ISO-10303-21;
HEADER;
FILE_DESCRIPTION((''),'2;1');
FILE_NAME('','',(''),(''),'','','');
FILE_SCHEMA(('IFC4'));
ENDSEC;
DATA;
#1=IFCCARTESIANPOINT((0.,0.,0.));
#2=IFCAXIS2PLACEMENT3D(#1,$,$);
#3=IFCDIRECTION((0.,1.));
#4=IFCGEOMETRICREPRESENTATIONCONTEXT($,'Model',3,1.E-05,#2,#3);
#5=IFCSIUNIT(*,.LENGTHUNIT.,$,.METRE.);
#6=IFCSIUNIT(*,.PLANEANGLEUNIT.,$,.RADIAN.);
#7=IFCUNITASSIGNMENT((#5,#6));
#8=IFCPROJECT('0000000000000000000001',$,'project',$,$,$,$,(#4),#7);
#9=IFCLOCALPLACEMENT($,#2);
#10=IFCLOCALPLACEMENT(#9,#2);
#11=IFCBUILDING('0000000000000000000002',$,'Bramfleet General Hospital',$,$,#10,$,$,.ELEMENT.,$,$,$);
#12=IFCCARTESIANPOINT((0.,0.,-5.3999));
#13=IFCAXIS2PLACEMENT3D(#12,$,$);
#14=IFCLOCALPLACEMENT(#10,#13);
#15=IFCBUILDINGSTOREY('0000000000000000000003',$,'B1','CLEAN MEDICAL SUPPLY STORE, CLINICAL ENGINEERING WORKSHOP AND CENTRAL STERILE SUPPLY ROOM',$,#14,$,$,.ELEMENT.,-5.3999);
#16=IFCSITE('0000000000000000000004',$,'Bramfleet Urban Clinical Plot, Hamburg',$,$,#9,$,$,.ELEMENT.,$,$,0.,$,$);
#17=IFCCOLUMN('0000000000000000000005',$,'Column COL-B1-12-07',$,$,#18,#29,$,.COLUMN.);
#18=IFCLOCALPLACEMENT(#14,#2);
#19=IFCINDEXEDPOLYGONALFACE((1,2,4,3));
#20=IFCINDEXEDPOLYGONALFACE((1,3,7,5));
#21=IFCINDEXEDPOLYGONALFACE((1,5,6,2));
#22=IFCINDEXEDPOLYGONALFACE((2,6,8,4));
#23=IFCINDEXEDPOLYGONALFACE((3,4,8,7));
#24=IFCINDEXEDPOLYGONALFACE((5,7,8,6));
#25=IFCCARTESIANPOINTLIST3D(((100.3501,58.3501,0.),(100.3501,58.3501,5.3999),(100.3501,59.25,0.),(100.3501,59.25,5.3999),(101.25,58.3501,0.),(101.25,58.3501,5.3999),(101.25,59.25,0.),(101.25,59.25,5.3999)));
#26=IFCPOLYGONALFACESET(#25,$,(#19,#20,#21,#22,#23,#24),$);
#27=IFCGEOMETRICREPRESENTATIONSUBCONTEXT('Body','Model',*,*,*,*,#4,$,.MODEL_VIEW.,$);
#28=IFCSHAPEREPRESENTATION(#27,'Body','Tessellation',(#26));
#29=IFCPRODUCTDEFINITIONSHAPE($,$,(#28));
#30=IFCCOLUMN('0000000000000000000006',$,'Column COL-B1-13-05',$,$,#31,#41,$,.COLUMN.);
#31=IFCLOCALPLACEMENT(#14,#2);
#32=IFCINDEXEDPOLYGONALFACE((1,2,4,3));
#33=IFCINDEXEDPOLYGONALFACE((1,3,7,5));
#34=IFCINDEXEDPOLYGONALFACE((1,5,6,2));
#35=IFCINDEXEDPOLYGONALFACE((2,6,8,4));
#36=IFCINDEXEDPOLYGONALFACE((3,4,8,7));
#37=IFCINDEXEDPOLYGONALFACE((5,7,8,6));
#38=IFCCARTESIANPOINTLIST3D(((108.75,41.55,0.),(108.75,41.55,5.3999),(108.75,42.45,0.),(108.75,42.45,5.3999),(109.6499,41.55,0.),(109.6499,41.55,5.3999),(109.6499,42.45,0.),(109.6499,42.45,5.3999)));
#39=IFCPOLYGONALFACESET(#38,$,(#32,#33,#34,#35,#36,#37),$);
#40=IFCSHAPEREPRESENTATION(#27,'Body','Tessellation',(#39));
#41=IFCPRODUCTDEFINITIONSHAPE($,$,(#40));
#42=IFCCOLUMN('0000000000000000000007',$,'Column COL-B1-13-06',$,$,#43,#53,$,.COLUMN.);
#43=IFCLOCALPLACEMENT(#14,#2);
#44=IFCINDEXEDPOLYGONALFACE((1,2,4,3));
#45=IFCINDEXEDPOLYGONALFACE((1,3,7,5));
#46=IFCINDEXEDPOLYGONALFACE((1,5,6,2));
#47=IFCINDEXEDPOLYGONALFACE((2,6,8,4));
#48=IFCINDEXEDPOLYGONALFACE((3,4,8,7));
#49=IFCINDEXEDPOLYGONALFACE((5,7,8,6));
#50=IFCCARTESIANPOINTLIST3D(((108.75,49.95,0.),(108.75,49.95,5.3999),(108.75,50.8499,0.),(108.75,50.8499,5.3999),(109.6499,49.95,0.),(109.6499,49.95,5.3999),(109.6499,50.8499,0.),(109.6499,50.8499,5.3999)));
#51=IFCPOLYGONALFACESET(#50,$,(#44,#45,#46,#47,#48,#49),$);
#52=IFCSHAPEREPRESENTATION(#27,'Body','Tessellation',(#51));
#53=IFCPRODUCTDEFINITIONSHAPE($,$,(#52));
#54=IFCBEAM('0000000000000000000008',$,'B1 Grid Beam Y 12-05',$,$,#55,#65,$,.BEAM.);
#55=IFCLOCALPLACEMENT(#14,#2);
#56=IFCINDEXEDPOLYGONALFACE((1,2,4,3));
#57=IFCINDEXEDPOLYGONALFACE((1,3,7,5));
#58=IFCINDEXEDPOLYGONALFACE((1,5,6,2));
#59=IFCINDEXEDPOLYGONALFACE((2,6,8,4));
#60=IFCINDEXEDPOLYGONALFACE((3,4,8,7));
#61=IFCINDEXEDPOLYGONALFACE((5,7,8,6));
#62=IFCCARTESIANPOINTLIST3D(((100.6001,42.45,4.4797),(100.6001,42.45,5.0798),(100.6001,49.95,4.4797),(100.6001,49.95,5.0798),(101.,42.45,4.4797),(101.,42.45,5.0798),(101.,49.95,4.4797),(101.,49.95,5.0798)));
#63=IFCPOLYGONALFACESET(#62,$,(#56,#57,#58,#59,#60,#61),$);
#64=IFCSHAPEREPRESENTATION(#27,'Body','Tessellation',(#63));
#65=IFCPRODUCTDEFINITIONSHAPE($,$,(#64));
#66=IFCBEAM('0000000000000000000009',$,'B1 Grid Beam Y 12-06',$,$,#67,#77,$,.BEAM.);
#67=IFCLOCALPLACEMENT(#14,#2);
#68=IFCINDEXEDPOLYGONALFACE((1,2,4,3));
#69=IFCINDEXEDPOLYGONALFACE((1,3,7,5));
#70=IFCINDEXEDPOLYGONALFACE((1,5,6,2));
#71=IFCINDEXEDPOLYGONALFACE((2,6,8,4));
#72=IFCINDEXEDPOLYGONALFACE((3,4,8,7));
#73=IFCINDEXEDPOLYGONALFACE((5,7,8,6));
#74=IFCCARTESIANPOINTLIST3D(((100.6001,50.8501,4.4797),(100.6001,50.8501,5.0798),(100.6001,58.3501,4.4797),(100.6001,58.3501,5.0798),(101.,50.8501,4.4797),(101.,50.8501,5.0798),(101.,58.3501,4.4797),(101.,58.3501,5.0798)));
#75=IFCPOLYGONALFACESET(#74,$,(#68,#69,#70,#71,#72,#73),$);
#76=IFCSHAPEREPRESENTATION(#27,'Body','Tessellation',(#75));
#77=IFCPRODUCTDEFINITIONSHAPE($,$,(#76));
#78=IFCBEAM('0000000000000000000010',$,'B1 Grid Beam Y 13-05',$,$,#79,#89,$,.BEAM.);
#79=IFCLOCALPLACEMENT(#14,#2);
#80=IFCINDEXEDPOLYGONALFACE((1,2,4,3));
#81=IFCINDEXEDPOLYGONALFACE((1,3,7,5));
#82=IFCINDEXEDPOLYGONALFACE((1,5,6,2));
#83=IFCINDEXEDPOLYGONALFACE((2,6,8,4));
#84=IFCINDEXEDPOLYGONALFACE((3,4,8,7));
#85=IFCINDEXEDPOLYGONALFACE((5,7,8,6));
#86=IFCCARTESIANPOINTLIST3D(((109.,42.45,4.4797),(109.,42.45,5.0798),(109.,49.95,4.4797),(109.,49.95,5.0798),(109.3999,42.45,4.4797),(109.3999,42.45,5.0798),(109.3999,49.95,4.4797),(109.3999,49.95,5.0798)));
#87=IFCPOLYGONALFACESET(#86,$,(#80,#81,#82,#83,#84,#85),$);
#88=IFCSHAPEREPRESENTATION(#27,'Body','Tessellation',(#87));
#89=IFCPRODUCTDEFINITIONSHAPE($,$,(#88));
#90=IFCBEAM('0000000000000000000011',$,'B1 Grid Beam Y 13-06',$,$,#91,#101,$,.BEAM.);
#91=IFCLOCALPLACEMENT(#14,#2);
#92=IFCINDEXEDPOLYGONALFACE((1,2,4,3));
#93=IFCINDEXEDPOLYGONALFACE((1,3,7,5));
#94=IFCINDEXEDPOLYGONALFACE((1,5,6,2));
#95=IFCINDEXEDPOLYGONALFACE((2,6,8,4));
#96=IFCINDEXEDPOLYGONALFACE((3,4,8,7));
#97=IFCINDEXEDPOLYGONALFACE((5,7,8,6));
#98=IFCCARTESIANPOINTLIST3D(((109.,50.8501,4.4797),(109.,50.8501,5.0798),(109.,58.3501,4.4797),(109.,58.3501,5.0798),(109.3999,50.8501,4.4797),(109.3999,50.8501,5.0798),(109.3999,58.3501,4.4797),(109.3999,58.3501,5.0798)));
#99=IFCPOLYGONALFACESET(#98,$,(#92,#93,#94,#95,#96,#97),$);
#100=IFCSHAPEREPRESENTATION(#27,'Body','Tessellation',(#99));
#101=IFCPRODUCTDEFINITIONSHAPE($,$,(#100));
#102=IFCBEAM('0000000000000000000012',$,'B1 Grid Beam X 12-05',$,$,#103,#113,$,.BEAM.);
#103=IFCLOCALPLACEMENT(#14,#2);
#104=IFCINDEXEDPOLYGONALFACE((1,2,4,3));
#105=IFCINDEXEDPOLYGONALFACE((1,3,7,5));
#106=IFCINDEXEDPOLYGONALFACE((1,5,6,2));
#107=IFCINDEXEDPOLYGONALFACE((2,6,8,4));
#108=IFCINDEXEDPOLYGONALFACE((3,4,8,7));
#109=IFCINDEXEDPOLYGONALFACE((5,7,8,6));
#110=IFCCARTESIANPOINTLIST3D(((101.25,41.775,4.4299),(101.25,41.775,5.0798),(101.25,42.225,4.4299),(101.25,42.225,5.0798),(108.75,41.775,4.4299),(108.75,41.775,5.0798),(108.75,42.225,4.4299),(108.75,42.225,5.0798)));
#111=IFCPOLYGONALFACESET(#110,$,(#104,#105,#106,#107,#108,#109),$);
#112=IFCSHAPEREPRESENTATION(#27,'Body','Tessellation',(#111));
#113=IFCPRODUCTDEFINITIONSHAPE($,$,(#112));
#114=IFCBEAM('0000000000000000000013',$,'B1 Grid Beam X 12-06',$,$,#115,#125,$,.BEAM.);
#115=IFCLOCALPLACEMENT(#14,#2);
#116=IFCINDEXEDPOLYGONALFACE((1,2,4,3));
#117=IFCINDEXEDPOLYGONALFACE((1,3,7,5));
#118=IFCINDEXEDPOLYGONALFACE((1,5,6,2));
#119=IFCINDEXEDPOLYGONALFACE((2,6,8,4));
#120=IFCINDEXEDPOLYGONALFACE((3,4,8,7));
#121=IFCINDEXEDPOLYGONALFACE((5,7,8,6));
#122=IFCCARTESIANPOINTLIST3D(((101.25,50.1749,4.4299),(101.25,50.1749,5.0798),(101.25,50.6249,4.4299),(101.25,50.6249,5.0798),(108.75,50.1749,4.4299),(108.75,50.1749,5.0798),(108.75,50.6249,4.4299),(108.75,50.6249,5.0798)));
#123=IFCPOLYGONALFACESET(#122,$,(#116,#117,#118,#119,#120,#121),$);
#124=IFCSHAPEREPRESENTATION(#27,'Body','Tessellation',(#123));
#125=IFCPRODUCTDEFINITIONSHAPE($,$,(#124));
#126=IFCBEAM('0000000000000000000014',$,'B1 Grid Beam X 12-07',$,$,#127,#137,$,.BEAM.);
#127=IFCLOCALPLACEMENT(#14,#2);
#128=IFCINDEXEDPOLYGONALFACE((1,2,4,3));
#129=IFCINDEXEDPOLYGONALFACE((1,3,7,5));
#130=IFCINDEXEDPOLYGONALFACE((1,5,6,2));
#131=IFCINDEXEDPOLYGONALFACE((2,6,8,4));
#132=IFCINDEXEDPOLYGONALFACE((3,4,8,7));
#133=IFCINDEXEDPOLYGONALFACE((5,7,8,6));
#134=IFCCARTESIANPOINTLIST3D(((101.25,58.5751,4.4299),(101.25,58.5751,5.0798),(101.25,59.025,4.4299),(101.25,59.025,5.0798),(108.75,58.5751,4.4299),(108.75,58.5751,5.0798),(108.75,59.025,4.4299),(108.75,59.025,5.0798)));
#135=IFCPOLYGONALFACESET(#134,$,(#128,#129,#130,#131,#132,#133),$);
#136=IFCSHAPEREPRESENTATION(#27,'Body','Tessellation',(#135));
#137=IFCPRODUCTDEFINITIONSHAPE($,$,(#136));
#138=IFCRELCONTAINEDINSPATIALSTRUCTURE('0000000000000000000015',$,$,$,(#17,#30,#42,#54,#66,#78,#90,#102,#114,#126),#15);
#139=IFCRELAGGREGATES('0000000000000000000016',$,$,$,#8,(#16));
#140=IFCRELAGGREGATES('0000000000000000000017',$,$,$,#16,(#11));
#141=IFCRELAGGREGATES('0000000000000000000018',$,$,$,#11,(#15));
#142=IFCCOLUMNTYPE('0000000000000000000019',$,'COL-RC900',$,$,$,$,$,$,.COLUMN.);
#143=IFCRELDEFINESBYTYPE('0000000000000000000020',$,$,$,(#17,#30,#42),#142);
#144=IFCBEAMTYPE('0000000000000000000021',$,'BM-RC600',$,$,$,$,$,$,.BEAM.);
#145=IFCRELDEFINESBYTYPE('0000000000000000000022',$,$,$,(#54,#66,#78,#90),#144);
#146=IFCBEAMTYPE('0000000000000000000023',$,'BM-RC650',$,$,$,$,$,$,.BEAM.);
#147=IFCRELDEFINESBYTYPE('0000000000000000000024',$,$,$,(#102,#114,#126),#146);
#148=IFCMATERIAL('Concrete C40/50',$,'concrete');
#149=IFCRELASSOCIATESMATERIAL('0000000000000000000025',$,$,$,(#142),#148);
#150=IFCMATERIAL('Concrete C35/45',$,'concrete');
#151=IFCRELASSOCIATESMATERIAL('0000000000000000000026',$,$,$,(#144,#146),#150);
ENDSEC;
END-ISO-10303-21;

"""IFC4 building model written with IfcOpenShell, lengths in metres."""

from ifc_helpers import new_model, si_unit, direction, frame, origin, origin_2d, place, context, subcontext, project, spatial, rectangle, extrude, material, material_profile, profile_set, type_object, element, save


model = new_model("IFC4")

# Units and contexts
model_context = context("Model", 3, precision=1e-05, world=origin(), true_north=direction((0.0, 1.0)))
body_context = subcontext(model_context, "Body", "Model", "MODEL_VIEW")
ifc_project = project(units=[si_unit("LENGTHUNIT", "METRE"), si_unit("PLANEANGLEUNIT", "RADIAN")], contexts=[model_context])

# Site, building, storey
site_placement = place(None, origin())
site = spatial("IfcSite", under=ifc_project, at=site_placement, Name="Bramfleet Urban Clinical Plot, Hamburg", CompositionType="ELEMENT", RefElevation=0.0)
building_placement = place(site_placement, origin())
building = spatial("IfcBuilding", under=site, at=building_placement, Name="Bramfleet General Hospital", CompositionType="ELEMENT")
storey_placement = place(building_placement, frame((0.0, 0.0, -5.3999)))
storey = spatial("IfcBuildingStorey", under=building, at=storey_placement, Name="B1", Description="CLEAN MEDICAL SUPPLY STORE, CLINICAL ENGINEERING WORKSHOP AND CENTRAL STERILE SUPPLY ROOM", CompositionType="ELEMENT", Elevation=-5.3999)

# Shared definitions
ifc_material_1 = material(Name="Concrete C35/45", Category="concrete")

# Columns
ifc_material_2 = material(Name="Concrete C40/50", Category="concrete")
ifc_material_profile_1 = material_profile(ifc_material_2, rectangle(XDim=0.8999, YDim=0.8999, at=origin_2d()), Name="RC COL 900x900")
ifc_profile_set_1 = profile_set([ifc_material_profile_1], Name="Concrete C40/50")
column_type = type_object("IfcColumnType", Name="COL-RC900", PredefinedType="COLUMN", material=ifc_profile_set_1)
for number, where, z_axis, x_axis, name in (
    (1, (100.8, 58.8, 0.0), (0.0, 0.0, 1.0), (1.0, 0.0, 0.0), "Column COL-B1-12-07"),
    (2, (109.2, 42.0, 0.0), (0.0, 0.0, 1.0), (1.0, 0.0, 0.0), "Column COL-B1-13-05"),
    (3, (109.2, 50.3999, 0.0), (0.0, 0.0, 1.0), (1.0, 0.0, 0.0), "Column COL-B1-13-06"),
):
    element("IfcColumn", number, at=place(storey_placement, frame(where, z_axis=z_axis, x_axis=x_axis)), inside=storey, type_object=column_type, Name=name, PredefinedType="COLUMN", context=body_context, shape_type="SweptSolid", body=[
        extrude(rectangle(XDim=0.8999, YDim=0.8999, at=origin_2d()), origin(), (0.0, 0.0, 1.0), 5.3999),
    ])

# Beams
ifc_material_profile_2 = material_profile(ifc_material_1, rectangle(XDim=0.3999, YDim=0.6001, at=origin_2d()), Name="RC BM 600x400")
ifc_profile_set_2 = profile_set([ifc_material_profile_2], Name="Concrete C35/45")
beam_type_1 = type_object("IfcBeamType", Name="BM-RC600", PredefinedType="BEAM", material=ifc_profile_set_2)
for number, where, z_axis, x_axis, name in (
    (4, (100.8, 42.45, 4.7798), (0.0, 1.0, 0.0), (-1.0, 0.0, 0.0), "B1 Grid Beam Y 12-05"),
    (5, (100.8, 50.8501, 4.7798), (0.0, 1.0, 0.0), (-1.0, 0.0, 0.0), "B1 Grid Beam Y 12-06"),
    (6, (109.2, 42.45, 4.7798), (0.0, 1.0, 0.0), (-1.0, 0.0, 0.0), "B1 Grid Beam Y 13-05"),
    (7, (109.2, 50.8501, 4.7798), (0.0, 1.0, 0.0), (-1.0, 0.0, 0.0), "B1 Grid Beam Y 13-06"),
):
    element("IfcBeam", number, at=place(storey_placement, frame(where, z_axis=z_axis, x_axis=x_axis)), inside=storey, type_object=beam_type_1, Name=name, PredefinedType="BEAM", context=body_context, shape_type="SweptSolid", body=[
        extrude(rectangle(XDim=0.3999, YDim=0.6001, at=origin_2d()), origin(), (0.0, 0.0, 1.0), 7.5),
    ])
ifc_material_profile_3 = material_profile(ifc_material_1, rectangle(XDim=0.45, YDim=0.6499, at=origin_2d()), Name="RC BM 650x450")
ifc_profile_set_3 = profile_set([ifc_material_profile_3], Name="Concrete C35/45")
beam_type_2 = type_object("IfcBeamType", Name="BM-RC650", PredefinedType="BEAM", material=ifc_profile_set_3)
for number, where, z_axis, x_axis, name in (
    (8, (101.25, 42.0, 4.7549), (1.0, 0.0, 0.0), (0.0, 1.0, 0.0), "B1 Grid Beam X 12-05"),
    (9, (101.25, 50.3999, 4.7549), (1.0, 0.0, 0.0), (0.0, 1.0, 0.0), "B1 Grid Beam X 12-06"),
    (10, (101.25, 58.8, 4.7549), (1.0, 0.0, 0.0), (0.0, 1.0, 0.0), "B1 Grid Beam X 12-07"),
):
    element("IfcBeam", number, at=place(storey_placement, frame(where, z_axis=z_axis, x_axis=x_axis)), inside=storey, type_object=beam_type_2, Name=name, PredefinedType="BEAM", context=body_context, shape_type="SweptSolid", body=[
        extrude(rectangle(XDim=0.45, YDim=0.6499, at=origin_2d()), origin(), (0.0, 0.0, 1.0), 7.5),
    ])

save(model, "model.ifc")
